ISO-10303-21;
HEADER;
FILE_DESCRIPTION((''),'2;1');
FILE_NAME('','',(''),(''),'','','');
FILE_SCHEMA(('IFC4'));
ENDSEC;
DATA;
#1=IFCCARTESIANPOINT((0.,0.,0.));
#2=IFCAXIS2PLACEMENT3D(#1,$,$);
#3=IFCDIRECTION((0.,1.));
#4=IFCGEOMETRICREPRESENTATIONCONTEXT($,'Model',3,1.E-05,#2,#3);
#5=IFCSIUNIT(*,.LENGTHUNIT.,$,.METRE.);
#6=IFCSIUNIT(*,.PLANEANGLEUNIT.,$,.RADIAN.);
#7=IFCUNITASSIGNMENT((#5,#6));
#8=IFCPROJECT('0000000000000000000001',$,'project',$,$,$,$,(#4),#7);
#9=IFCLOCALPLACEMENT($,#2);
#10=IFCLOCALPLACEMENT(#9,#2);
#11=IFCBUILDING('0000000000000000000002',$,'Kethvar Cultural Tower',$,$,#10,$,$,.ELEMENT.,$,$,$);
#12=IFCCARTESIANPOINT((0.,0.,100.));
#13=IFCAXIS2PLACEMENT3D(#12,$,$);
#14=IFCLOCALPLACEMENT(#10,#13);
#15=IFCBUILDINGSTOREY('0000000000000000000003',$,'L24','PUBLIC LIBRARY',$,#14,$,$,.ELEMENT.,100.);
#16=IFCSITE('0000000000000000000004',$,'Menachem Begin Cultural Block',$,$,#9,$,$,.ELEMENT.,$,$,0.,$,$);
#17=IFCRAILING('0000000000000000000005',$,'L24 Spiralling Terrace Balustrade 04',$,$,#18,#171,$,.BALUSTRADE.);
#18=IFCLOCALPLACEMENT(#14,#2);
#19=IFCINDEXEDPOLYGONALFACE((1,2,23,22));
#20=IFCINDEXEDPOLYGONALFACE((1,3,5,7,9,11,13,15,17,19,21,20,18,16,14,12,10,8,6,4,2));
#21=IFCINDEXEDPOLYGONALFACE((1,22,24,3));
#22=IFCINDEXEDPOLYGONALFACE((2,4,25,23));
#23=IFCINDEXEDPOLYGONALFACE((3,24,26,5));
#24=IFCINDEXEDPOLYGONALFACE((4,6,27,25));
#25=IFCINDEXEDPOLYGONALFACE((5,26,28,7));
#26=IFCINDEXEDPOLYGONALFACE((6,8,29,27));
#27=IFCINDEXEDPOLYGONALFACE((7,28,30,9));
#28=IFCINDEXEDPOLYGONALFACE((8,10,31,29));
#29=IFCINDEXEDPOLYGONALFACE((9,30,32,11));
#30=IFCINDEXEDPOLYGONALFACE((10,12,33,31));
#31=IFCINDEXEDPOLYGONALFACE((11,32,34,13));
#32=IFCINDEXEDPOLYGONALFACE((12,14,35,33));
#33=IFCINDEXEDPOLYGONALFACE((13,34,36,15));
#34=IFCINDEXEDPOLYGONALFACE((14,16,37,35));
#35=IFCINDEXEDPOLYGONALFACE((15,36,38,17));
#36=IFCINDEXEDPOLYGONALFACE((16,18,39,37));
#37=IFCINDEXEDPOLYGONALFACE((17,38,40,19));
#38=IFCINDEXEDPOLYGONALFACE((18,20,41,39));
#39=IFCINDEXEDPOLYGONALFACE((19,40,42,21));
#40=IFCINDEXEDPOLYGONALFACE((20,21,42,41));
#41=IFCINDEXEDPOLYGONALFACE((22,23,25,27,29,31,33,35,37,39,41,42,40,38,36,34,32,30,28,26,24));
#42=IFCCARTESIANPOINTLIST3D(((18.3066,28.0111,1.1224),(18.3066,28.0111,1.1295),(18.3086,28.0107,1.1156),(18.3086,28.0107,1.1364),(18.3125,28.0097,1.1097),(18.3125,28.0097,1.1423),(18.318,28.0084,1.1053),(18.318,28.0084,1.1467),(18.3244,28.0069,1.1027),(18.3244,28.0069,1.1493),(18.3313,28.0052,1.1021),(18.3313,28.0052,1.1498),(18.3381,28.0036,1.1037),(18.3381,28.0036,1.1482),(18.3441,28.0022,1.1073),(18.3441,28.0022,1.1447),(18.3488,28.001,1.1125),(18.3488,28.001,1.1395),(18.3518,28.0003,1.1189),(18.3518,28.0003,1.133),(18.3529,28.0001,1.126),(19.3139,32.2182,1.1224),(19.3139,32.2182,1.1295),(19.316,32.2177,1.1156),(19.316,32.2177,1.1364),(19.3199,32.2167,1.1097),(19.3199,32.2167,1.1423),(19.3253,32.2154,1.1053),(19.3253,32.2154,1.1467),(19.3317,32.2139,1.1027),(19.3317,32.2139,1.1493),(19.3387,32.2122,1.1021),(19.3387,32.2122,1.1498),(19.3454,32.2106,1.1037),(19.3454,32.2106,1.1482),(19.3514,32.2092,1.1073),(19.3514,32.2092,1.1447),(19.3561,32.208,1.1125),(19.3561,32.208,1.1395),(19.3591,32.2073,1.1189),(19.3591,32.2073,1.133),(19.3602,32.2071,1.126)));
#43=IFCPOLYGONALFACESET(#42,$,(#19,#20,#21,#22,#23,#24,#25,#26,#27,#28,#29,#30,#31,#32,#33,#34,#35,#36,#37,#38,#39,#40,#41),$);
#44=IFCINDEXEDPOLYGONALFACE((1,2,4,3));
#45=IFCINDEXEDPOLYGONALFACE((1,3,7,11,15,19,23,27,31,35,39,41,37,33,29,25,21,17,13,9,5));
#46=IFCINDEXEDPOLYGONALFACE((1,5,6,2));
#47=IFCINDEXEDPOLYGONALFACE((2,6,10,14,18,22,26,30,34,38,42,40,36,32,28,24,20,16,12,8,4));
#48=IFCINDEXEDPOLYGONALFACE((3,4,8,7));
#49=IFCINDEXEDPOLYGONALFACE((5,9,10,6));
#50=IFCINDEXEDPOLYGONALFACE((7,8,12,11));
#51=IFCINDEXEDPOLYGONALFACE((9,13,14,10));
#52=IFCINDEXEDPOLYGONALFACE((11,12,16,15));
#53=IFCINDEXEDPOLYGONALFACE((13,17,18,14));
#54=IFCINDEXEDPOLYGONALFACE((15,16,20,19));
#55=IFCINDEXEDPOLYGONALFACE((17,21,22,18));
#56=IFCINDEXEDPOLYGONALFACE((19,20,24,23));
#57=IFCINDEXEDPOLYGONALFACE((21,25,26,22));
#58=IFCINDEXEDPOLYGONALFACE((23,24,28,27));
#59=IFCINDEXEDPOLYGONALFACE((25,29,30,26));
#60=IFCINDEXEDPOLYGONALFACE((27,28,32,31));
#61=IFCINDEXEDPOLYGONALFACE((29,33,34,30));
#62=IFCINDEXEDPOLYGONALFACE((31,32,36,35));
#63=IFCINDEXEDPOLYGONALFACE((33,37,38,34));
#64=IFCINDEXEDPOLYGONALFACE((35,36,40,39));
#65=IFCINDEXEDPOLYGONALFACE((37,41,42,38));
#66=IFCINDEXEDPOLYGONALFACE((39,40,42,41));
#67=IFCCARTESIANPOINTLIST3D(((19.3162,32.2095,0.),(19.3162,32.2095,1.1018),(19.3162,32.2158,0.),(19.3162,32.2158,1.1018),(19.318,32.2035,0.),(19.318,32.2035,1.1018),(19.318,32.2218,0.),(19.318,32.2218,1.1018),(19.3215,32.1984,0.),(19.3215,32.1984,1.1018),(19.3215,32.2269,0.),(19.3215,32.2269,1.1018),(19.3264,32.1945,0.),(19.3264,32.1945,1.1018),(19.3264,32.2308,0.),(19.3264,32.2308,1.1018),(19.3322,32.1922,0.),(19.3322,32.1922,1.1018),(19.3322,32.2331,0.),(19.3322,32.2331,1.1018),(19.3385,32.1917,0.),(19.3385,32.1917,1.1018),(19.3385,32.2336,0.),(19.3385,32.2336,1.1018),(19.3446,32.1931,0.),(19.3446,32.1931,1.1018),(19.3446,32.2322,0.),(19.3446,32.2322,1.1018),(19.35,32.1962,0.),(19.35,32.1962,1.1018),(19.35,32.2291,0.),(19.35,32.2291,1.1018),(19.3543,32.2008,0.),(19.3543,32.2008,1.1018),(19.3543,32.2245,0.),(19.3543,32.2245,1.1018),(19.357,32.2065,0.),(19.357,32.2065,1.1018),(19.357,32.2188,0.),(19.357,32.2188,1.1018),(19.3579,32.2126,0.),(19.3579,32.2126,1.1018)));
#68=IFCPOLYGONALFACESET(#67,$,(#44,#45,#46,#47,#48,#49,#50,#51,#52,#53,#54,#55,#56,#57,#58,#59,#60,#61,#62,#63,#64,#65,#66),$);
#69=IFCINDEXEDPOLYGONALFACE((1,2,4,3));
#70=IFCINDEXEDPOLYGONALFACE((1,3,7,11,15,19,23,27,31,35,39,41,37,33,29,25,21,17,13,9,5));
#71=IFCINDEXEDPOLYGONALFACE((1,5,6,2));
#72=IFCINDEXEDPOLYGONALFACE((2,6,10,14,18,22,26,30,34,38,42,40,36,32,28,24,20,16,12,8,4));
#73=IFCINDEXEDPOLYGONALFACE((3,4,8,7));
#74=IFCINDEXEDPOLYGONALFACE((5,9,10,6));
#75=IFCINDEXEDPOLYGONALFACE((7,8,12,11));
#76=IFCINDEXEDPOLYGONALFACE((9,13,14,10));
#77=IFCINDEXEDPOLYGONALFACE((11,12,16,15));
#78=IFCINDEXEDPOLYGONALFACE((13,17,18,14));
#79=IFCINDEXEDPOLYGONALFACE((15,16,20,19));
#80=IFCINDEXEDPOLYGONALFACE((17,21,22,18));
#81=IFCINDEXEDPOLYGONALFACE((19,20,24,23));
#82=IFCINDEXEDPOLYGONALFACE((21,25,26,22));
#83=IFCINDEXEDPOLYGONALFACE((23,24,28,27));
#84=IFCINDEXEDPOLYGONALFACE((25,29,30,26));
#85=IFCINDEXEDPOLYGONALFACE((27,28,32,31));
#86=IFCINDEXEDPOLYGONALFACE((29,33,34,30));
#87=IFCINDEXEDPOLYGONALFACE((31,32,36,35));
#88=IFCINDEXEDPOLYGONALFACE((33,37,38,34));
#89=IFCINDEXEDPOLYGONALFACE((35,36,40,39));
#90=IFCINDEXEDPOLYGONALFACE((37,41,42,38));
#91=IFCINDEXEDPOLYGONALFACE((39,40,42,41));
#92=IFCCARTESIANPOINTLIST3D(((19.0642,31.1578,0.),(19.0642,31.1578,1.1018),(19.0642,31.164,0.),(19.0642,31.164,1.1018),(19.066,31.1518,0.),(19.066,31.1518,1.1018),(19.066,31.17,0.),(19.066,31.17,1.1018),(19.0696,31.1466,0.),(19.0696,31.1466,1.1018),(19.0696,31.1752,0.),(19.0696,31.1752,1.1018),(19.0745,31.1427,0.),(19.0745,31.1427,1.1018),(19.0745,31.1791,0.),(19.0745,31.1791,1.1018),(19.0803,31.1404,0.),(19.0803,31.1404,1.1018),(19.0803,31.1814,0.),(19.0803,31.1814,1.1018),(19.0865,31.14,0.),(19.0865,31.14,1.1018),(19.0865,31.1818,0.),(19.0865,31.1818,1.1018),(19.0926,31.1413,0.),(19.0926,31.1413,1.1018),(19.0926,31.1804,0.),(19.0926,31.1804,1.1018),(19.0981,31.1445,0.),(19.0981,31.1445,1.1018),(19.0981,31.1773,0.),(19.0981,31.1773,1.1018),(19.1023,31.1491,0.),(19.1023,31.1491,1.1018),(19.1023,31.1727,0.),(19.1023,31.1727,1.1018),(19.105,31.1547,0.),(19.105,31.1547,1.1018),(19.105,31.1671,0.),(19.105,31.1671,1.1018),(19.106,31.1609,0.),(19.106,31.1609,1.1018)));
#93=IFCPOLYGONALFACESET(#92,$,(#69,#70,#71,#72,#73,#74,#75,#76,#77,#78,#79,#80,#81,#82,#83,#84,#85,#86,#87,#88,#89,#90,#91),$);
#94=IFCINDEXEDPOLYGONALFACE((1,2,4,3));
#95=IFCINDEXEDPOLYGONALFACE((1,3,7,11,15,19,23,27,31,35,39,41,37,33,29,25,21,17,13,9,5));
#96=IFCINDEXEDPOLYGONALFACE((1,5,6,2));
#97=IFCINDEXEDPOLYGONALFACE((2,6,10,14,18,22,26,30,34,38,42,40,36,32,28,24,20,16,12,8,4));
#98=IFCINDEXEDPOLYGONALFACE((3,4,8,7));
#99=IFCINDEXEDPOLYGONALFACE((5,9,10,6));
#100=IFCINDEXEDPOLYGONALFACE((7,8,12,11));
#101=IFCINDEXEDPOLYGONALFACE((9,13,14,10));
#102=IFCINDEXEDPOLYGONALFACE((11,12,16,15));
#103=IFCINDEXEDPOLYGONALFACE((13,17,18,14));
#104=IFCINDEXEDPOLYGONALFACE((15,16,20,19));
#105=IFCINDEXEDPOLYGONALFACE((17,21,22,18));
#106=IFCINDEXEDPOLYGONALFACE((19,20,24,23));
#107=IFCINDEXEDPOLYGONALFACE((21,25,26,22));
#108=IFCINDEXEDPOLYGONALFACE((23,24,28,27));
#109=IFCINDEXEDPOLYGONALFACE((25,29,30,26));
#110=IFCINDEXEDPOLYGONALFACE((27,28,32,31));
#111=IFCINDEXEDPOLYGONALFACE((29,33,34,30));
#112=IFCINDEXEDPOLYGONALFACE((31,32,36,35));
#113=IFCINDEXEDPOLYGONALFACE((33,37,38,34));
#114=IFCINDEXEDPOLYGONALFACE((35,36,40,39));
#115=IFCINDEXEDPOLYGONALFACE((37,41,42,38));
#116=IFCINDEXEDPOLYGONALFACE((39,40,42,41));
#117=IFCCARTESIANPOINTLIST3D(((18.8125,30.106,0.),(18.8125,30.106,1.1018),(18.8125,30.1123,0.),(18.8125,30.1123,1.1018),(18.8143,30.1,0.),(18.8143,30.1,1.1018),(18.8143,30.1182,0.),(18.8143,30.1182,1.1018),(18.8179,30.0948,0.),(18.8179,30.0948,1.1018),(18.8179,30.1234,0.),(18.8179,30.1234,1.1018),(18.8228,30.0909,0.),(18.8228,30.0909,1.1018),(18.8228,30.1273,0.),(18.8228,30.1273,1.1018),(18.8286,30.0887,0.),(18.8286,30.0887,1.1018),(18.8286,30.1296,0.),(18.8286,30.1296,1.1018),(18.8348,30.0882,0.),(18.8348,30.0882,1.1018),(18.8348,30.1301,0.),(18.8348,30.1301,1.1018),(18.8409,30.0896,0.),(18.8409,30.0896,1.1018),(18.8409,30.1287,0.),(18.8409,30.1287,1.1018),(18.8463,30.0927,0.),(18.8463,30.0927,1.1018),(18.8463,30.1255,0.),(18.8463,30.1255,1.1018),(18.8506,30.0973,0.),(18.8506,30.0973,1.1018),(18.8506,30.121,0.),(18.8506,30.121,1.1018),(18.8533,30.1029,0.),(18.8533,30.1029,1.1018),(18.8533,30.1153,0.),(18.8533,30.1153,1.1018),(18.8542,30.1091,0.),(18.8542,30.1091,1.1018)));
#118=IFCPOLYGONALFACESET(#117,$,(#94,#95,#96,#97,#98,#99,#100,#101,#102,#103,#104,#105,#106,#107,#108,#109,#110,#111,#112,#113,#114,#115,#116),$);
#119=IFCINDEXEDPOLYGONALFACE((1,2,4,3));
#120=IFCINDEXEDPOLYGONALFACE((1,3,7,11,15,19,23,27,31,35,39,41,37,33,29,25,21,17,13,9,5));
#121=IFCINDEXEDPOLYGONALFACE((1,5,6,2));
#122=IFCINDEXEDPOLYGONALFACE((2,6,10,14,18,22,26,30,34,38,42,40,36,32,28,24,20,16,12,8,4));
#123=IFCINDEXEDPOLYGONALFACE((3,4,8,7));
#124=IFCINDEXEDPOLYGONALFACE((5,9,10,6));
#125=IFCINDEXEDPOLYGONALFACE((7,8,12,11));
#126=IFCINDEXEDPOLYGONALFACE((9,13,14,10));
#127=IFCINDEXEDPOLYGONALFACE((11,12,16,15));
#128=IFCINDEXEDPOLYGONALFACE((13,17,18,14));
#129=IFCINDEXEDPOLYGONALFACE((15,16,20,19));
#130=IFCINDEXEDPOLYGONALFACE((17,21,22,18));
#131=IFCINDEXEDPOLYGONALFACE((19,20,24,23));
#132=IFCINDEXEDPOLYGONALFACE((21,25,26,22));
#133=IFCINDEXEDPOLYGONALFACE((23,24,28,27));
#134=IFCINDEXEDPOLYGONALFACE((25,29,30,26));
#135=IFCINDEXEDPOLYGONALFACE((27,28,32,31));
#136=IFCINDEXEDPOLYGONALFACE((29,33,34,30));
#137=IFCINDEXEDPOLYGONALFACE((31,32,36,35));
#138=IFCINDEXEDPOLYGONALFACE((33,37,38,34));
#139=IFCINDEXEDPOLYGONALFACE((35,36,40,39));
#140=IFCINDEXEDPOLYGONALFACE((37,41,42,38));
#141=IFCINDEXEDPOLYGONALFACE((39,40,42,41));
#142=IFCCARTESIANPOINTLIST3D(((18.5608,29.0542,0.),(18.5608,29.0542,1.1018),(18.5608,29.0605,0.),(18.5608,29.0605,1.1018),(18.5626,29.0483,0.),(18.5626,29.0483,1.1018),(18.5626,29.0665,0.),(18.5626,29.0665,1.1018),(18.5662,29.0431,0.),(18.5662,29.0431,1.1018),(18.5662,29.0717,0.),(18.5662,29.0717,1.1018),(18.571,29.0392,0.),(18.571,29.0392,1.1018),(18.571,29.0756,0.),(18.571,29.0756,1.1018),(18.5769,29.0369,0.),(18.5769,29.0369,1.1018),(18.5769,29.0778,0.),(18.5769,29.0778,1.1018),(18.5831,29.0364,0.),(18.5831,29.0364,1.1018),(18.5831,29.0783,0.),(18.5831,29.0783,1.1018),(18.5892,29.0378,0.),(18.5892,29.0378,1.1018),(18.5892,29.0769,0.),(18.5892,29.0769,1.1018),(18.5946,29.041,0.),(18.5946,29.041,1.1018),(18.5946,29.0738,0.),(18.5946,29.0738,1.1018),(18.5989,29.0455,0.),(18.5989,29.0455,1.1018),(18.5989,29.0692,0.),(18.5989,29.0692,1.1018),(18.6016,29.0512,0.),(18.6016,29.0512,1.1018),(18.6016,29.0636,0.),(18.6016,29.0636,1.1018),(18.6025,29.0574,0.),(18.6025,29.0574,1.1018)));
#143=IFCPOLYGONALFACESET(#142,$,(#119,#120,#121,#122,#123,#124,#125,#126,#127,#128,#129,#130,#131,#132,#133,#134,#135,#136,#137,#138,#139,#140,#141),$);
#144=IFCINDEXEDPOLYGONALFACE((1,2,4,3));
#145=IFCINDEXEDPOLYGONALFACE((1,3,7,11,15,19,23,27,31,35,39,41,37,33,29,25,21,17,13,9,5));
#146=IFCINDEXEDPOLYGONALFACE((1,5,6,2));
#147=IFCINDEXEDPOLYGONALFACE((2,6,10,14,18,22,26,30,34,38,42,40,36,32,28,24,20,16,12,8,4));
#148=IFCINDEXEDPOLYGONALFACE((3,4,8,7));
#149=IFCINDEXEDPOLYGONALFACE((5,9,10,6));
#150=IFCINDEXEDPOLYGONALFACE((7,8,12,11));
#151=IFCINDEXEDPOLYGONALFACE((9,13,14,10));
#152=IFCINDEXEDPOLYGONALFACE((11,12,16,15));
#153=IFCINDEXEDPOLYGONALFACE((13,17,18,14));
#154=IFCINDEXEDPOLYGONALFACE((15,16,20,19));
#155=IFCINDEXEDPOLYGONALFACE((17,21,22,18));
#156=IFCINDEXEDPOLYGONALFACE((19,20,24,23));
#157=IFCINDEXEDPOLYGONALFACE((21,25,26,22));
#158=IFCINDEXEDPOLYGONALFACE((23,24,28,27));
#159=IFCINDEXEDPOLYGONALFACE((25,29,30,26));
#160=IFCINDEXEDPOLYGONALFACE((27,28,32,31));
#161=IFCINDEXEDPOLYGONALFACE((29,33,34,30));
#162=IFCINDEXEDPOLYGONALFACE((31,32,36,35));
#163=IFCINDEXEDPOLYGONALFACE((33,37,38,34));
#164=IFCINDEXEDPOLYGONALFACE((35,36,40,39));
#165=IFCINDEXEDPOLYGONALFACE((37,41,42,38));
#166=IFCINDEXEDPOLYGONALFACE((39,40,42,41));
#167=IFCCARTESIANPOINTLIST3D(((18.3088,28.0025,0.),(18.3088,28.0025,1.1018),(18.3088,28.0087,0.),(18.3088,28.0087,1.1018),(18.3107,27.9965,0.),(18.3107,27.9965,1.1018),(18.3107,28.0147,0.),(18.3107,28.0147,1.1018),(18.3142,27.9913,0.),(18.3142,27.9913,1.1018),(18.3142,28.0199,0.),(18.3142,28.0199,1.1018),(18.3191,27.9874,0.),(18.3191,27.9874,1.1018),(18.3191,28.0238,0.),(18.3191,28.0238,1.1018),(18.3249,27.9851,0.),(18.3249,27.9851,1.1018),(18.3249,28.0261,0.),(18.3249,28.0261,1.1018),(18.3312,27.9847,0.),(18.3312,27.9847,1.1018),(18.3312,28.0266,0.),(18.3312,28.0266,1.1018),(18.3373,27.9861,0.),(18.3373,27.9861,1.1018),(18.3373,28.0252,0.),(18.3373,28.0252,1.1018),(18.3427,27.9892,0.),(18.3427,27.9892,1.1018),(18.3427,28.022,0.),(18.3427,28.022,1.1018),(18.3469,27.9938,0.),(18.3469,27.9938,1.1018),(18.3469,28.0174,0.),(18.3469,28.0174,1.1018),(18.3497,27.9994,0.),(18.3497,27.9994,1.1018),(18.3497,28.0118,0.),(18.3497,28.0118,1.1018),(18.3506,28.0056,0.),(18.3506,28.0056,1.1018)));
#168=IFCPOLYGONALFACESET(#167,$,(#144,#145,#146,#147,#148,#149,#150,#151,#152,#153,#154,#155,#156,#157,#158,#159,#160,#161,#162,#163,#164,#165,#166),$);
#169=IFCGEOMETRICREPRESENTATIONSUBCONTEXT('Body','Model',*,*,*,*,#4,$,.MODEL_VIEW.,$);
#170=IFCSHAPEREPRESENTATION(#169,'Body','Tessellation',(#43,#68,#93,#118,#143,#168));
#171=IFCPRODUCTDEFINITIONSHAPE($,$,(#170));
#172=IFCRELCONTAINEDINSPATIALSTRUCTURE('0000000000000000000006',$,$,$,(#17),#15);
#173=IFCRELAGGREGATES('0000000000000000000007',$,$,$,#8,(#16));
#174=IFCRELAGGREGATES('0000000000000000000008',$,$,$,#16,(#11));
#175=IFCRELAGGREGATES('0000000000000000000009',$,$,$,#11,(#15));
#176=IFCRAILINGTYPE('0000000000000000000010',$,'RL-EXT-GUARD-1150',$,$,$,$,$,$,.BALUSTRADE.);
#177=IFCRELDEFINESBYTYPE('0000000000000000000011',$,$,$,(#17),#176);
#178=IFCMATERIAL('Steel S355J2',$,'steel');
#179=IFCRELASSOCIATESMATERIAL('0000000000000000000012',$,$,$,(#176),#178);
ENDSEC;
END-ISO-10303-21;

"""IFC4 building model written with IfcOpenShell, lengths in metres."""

from ifc_helpers import new_model, si_unit, direction, frame, origin, origin_2d, place, context, subcontext, project, spatial, circle, extrude, material, type_object, element, save


model = new_model("IFC4")

# Units and contexts
model_context = context("Model", 3, precision=1e-05, world=origin(), true_north=direction((0.0, 1.0)))
body_context = subcontext(model_context, "Body", "Model", "MODEL_VIEW")
ifc_project = project(units=[si_unit("LENGTHUNIT", "METRE"), si_unit("PLANEANGLEUNIT", "RADIAN")], contexts=[model_context])

# Site, building, storey
site_placement = place(None, origin())
site = spatial("IfcSite", under=ifc_project, at=site_placement, Name="Menachem Begin Cultural Block", CompositionType="ELEMENT", RefElevation=0.0)
building_placement = place(site_placement, origin())
building = spatial("IfcBuilding", under=site, at=building_placement, Name="Kethvar Cultural Tower", CompositionType="ELEMENT")
storey_placement = place(building_placement, frame((0.0, 0.0, 100.0)))
storey = spatial("IfcBuildingStorey", under=building, at=storey_placement, Name="L24", Description="PUBLIC LIBRARY", CompositionType="ELEMENT", Elevation=100.0)

# Shared definitions
ifc_material_1 = material(Name="Steel S355J2", Category="steel")

# Railing
railing_type = type_object("IfcRailingType", Name="RL-EXT-GUARD-1150", PredefinedType="BALUSTRADE", material=ifc_material_1)
railing_1_placement = place(storey_placement, frame((19.3369, 32.2126, 0.0)))
element("IfcRailing", 1, at=railing_1_placement, inside=storey, type_object=railing_type, Name="L24 Spiralling Terrace Balustrade 04", PredefinedType="BALUSTRADE", context=body_context, shape_type="SweptSolid", body=[
    extrude(circle(Radius=0.0239, at=origin_2d()), frame((0.0, 0.0, 1.126), z_axis=(-0.232856, -0.972511, 0.0), x_axis=(0.972511, -0.232856, 0.0)), (0.0, 0.0, 1.0), 4.3259),
    extrude(circle(Radius=0.021, at=origin_2d()), origin(), (0.0, 0.0, 1.0), 1.1018),
    extrude(circle(Radius=0.021, at=origin_2d()), frame((-0.252, -1.0518, 0.0)), (0.0, 0.0, 1.0), 1.1018),
    extrude(circle(Radius=0.021, at=origin_2d()), frame((-0.5037, -2.1035, 0.0)), (0.0, 0.0, 1.0), 1.1018),
    extrude(circle(Radius=0.021, at=origin_2d()), frame((-0.7554, -3.1553, 0.0)), (0.0, 0.0, 1.0), 1.1018),
    extrude(circle(Radius=0.021, at=origin_2d()), frame((-1.0073, -4.207, 0.0)), (0.0, 0.0, 1.0), 1.1018),
])

save(model, "model.ifc")
